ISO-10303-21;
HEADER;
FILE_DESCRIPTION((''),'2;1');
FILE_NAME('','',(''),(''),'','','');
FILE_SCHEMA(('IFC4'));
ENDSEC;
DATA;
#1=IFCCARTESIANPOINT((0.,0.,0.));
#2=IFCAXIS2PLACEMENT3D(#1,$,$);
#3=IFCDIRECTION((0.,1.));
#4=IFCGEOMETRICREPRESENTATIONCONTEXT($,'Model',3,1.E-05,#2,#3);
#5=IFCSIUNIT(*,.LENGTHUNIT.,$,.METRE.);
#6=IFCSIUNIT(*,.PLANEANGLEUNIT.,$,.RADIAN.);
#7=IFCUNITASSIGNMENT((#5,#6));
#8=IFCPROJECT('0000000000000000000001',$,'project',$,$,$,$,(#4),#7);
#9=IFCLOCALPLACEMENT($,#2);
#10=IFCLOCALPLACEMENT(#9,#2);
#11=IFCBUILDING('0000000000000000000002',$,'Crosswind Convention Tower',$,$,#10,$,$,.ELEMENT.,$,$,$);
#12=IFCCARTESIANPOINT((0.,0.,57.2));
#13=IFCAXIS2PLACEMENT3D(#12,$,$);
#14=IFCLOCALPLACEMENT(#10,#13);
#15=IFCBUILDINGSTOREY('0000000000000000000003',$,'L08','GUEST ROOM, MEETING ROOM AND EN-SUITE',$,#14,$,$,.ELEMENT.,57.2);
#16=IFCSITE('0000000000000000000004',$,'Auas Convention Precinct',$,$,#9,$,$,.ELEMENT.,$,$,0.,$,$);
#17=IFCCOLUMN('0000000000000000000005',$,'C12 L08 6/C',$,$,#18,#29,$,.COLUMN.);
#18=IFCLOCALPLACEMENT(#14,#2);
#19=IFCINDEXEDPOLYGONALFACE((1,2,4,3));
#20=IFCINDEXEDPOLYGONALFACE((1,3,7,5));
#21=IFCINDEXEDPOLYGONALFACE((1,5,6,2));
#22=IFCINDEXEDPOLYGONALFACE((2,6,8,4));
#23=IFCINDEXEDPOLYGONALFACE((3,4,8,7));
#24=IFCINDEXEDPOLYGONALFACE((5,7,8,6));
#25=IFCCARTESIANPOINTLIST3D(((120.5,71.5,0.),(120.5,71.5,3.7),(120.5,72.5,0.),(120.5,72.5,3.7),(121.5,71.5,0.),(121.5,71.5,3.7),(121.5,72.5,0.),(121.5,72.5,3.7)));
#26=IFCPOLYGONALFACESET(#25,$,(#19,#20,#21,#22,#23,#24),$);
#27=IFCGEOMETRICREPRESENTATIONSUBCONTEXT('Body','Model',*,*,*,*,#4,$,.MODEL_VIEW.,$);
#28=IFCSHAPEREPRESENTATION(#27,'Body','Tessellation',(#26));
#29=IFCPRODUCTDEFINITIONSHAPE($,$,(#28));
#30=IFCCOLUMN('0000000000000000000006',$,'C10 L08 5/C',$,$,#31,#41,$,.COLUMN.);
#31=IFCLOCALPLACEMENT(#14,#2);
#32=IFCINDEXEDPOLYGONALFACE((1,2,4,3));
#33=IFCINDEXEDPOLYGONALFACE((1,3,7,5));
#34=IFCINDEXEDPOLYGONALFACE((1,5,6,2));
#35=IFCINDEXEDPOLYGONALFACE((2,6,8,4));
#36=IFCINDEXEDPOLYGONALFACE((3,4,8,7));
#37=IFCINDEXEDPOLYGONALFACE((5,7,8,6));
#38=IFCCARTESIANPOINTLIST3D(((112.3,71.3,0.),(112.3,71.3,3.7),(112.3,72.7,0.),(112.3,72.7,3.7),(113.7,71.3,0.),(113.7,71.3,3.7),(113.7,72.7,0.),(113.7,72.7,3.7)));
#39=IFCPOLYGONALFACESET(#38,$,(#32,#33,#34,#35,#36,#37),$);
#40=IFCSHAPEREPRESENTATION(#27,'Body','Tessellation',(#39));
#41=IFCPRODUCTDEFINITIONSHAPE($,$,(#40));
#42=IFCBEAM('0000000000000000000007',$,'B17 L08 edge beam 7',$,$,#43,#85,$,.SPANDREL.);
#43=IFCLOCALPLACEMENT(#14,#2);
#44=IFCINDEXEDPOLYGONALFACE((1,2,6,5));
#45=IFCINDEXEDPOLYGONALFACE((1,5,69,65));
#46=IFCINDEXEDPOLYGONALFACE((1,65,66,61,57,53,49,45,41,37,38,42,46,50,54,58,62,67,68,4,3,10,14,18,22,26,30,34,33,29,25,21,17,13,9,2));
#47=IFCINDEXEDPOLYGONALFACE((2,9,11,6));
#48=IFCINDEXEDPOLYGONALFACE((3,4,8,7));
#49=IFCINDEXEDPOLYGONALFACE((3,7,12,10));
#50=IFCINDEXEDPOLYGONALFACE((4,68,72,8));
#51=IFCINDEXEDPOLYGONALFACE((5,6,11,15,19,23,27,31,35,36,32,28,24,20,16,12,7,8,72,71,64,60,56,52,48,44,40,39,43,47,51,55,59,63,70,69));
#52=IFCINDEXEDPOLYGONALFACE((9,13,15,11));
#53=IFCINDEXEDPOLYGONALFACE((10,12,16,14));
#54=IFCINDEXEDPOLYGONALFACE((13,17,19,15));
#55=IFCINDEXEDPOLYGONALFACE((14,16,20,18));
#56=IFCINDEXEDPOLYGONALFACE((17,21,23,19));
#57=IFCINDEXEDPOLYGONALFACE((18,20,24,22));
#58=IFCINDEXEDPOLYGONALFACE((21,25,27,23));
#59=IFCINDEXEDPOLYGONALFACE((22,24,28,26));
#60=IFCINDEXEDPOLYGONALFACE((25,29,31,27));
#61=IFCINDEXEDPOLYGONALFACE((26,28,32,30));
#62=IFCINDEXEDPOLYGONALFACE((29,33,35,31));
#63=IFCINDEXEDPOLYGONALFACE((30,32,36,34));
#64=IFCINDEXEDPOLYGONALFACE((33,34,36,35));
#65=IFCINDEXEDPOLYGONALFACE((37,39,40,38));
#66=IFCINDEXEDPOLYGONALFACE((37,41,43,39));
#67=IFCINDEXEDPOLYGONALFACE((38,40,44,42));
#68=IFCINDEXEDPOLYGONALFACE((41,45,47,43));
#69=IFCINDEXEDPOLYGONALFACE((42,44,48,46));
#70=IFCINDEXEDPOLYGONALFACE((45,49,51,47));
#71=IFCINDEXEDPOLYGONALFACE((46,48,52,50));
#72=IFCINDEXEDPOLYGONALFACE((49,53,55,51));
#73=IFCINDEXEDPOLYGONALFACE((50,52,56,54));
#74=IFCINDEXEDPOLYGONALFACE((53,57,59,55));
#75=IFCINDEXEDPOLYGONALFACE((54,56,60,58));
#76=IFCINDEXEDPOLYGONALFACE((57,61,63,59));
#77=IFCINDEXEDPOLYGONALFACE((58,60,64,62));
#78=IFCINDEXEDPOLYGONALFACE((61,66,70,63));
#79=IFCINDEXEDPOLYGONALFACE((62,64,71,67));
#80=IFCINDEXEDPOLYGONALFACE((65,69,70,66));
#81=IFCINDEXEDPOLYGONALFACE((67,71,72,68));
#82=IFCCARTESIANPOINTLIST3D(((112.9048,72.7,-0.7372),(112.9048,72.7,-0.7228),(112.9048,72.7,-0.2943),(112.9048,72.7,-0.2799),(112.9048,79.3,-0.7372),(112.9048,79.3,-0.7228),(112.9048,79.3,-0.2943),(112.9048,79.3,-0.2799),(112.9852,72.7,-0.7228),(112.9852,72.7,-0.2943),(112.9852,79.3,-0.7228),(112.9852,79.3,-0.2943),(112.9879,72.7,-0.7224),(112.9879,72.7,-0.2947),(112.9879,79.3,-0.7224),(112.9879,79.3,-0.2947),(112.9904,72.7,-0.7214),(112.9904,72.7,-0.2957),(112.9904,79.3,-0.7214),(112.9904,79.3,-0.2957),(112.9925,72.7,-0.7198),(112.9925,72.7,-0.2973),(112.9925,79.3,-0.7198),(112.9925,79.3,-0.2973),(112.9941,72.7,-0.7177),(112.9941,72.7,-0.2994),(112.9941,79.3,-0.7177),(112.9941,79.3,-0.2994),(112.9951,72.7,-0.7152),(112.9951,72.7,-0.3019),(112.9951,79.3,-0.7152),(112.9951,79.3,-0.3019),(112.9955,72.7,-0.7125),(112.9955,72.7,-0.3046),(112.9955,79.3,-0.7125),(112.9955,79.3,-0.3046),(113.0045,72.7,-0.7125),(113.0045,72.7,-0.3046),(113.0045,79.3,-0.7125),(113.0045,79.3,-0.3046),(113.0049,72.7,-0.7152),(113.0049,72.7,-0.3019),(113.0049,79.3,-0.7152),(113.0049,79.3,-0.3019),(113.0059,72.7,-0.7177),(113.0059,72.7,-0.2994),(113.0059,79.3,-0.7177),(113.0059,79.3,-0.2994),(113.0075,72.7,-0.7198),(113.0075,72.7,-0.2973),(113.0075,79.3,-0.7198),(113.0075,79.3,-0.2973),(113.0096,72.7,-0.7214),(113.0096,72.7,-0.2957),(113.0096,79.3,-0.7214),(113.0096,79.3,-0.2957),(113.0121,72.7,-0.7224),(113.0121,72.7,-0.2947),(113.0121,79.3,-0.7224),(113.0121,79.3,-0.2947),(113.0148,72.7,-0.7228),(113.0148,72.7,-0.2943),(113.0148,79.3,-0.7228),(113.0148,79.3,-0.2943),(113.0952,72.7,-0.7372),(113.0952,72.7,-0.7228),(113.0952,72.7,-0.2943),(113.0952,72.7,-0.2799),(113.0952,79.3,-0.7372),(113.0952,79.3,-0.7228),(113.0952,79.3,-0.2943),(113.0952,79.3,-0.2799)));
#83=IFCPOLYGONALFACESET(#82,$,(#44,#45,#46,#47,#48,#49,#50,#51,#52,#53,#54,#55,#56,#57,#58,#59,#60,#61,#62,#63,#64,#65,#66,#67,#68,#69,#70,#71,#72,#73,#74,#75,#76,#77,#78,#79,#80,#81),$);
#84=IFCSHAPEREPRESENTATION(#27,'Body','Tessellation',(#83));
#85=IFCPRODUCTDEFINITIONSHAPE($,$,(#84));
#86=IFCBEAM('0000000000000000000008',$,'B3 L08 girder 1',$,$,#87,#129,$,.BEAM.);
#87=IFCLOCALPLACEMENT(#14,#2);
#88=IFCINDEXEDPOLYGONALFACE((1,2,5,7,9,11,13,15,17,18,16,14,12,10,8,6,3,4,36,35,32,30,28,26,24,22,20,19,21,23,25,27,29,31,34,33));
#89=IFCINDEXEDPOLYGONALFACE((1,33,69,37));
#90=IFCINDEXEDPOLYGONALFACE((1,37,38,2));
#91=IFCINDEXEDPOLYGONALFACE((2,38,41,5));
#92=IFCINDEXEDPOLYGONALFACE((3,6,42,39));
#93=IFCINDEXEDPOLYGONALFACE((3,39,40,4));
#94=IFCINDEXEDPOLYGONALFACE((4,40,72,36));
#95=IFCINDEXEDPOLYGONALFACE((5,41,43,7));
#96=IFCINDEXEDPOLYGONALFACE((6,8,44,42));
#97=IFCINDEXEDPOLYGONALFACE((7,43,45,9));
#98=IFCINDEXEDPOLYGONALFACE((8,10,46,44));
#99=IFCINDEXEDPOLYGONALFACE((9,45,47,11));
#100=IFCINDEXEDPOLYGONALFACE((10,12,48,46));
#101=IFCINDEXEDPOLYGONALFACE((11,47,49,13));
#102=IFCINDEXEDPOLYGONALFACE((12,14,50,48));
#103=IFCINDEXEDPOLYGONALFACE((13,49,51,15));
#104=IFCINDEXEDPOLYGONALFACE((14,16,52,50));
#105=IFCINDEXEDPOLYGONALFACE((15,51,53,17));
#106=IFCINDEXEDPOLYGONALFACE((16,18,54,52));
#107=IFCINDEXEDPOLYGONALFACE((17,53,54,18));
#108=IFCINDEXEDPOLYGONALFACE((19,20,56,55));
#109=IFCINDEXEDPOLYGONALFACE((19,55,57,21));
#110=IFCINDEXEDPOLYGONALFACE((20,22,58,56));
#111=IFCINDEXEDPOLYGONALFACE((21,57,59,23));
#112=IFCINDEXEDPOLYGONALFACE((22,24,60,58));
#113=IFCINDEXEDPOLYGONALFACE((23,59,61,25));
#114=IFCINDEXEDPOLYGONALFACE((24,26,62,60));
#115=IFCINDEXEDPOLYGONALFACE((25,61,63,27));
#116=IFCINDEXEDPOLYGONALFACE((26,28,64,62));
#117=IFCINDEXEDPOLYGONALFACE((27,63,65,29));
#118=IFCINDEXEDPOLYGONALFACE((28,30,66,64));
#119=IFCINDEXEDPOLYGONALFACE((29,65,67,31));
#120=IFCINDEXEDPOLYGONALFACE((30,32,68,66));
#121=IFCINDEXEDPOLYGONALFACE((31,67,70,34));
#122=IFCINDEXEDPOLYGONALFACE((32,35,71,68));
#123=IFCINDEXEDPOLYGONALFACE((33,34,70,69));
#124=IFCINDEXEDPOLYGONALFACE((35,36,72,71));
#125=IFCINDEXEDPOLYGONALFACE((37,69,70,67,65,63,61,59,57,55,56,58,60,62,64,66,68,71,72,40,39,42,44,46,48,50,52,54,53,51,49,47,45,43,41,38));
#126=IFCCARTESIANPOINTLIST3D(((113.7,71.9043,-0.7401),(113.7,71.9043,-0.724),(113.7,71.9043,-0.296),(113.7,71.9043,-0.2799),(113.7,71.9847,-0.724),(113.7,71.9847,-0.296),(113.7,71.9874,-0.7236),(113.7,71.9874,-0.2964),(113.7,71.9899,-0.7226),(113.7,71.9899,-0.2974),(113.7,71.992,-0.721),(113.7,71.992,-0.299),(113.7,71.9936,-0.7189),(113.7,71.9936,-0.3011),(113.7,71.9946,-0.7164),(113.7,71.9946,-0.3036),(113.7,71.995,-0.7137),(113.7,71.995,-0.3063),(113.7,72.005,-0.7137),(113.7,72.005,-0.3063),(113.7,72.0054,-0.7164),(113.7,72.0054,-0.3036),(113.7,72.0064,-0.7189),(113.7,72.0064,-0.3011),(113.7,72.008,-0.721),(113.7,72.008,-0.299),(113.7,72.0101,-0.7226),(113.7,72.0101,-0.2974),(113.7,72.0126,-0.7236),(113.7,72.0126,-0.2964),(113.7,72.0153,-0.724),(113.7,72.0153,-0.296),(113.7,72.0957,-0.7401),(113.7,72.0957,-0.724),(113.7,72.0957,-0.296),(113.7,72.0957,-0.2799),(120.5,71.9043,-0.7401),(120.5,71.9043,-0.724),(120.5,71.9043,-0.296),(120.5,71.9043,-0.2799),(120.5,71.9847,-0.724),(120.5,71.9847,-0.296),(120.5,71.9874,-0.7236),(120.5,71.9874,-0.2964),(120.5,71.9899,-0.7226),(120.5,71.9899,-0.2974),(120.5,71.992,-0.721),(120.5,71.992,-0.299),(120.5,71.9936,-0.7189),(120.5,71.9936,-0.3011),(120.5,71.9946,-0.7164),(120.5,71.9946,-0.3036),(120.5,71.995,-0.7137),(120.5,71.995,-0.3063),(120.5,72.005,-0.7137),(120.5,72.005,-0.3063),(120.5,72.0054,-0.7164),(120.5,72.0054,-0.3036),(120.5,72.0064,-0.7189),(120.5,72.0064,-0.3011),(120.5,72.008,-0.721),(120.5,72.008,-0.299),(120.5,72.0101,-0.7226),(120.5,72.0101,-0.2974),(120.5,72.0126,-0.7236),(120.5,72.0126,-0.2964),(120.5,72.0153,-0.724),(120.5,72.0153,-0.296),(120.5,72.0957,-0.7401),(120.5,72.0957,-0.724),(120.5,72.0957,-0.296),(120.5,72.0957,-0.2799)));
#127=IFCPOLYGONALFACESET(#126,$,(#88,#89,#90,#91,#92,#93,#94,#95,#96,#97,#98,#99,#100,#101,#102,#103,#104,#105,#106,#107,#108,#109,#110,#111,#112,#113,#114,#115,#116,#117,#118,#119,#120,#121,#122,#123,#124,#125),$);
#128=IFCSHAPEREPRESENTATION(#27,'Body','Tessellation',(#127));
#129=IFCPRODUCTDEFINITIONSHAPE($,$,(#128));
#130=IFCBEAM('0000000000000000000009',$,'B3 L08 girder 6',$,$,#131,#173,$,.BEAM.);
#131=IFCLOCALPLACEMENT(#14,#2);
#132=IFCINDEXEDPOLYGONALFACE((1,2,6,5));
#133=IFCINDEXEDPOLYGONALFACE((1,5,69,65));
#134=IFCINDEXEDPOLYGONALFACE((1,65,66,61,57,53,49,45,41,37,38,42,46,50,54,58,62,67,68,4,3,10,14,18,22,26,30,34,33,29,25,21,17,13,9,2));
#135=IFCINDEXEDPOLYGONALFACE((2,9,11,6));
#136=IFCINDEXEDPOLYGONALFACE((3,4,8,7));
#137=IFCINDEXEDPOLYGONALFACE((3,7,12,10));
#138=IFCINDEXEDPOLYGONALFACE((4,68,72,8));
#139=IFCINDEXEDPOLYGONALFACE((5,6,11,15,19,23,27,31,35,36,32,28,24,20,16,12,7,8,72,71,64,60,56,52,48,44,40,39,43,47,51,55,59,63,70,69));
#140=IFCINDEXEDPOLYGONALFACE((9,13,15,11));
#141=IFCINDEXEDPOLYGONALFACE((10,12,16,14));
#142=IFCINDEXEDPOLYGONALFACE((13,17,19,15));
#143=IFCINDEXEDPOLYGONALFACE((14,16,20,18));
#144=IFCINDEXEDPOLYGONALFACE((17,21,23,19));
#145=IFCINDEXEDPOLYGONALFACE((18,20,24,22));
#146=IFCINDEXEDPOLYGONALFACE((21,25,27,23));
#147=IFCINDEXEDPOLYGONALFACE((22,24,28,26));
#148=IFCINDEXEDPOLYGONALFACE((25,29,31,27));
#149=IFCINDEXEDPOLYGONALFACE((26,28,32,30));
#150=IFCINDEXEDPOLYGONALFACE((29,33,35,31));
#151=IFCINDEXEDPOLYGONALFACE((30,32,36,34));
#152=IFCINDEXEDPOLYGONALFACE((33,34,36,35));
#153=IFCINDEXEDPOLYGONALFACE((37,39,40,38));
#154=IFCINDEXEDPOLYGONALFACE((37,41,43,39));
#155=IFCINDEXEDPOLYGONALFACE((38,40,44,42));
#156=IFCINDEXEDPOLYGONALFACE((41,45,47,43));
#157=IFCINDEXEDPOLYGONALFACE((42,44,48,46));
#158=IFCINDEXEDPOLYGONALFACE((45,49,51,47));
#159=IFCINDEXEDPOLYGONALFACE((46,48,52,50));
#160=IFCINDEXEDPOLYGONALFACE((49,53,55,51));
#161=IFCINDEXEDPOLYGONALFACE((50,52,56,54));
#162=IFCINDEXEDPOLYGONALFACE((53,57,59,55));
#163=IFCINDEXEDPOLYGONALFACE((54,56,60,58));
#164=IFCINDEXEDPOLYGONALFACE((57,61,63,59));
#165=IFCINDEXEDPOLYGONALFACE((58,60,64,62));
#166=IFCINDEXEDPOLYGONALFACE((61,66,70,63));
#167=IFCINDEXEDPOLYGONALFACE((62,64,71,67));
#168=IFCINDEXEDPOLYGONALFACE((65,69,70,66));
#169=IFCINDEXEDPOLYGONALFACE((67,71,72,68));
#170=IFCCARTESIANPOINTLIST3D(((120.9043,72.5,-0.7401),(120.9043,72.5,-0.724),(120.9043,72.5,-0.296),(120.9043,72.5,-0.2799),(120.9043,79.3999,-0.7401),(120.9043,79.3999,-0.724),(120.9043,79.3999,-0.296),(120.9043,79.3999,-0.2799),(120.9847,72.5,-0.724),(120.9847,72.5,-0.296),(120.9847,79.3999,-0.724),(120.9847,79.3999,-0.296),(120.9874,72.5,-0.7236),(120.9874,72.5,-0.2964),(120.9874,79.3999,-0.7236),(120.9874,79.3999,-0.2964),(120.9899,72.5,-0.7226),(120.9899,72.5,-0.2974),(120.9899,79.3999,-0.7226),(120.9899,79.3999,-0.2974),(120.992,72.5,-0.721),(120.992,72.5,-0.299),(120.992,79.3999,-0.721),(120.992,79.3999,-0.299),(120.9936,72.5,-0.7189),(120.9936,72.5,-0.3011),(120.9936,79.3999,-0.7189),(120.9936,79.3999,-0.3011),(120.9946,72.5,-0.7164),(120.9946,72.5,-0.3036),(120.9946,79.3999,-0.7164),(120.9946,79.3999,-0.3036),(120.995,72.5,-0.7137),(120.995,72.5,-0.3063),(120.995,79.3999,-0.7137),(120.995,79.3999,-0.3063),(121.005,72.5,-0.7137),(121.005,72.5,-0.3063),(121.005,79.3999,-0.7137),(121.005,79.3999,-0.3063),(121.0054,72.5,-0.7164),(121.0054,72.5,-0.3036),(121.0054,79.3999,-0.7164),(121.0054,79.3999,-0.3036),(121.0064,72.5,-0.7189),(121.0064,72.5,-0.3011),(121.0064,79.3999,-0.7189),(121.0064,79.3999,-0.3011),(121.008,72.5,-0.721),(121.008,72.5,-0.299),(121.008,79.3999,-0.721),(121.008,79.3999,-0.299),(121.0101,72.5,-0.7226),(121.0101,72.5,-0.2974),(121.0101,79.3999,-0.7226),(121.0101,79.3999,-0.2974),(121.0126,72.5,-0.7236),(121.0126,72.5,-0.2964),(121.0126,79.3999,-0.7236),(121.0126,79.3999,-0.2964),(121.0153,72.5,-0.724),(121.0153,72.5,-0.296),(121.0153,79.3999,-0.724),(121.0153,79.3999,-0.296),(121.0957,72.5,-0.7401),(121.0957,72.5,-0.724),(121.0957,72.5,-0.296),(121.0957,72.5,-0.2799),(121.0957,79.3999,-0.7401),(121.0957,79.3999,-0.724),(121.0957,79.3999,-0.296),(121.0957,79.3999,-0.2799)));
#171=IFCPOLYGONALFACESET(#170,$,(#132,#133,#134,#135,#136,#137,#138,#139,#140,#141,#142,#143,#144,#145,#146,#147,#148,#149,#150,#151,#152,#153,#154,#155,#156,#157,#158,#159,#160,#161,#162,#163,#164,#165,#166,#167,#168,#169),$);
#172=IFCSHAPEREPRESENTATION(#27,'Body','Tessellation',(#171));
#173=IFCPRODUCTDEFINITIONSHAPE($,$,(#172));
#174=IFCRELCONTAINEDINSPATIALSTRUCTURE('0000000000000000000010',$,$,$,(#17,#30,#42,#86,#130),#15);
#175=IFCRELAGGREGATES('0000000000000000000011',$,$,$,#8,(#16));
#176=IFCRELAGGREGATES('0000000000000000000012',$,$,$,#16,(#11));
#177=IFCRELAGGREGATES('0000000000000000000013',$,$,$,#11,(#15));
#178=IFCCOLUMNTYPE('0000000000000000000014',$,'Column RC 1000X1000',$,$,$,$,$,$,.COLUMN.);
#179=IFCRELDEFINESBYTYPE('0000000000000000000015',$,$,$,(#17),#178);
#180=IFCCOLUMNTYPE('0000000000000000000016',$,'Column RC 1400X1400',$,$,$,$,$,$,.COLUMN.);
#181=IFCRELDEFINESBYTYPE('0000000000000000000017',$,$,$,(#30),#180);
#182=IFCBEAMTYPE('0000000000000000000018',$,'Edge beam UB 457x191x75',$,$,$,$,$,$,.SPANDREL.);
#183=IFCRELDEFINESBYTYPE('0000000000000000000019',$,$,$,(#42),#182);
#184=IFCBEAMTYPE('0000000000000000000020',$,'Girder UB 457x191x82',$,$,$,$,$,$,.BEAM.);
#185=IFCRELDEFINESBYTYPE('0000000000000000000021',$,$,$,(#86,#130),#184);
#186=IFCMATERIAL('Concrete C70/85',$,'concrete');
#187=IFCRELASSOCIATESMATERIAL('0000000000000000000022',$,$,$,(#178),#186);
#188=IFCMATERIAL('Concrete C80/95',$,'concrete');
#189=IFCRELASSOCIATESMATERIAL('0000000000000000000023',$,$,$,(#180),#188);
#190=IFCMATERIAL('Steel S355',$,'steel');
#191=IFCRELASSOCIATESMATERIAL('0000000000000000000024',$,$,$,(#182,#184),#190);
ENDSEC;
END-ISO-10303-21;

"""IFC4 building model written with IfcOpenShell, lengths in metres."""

from ifc_helpers import new_model, si_unit, direction, frame, origin, origin_2d, place, context, subcontext, project, spatial, rectangle, i_section, extrude, material, material_profile, profile_set, type_object, element, save


model = new_model("IFC4")

# Units and contexts
model_context = context("Model", 3, precision=1e-05, world=origin(), true_north=direction((0.0, 1.0)))
body_context = subcontext(model_context, "Body", "Model", "MODEL_VIEW")
ifc_project = project(units=[si_unit("LENGTHUNIT", "METRE"), si_unit("PLANEANGLEUNIT", "RADIAN")], contexts=[model_context])

# Site, building, storey
site_placement = place(None, origin())
site = spatial("IfcSite", under=ifc_project, at=site_placement, Name="Auas Convention Precinct", CompositionType="ELEMENT", RefElevation=0.0)
building_placement = place(site_placement, origin())
building = spatial("IfcBuilding", under=site, at=building_placement, Name="Crosswind Convention Tower", CompositionType="ELEMENT")
storey_placement = place(building_placement, frame((0.0, 0.0, 57.2)))
storey = spatial("IfcBuildingStorey", under=building, at=storey_placement, Name="L08", Description="GUEST ROOM, MEETING ROOM AND EN-SUITE", CompositionType="ELEMENT", Elevation=57.2)

# Columns
ifc_material_1 = material(Name="Concrete C70/85", Category="concrete")
ifc_material_profile_1 = material_profile(ifc_material_1, rectangle(XDim=1.0, YDim=1.0, at=origin_2d()), Name="RC 1000X1000")
ifc_profile_set_1 = profile_set([ifc_material_profile_1], Name="Concrete C70/85")
column_type_1 = type_object("IfcColumnType", Name="Column RC 1000X1000", PredefinedType="COLUMN", material=ifc_profile_set_1)
column_1_placement = place(storey_placement, frame((121.0, 72.0, 0.0), z_axis=(0.0, 0.0, 1.0), x_axis=(1.0, 0.0, 0.0)))
element("IfcColumn", 1, at=column_1_placement, inside=storey, type_object=column_type_1, Name="C12 L08 6/C", PredefinedType="COLUMN", context=body_context, shape_type="SweptSolid", body=[
    extrude(rectangle(XDim=1.0, YDim=1.0, at=origin_2d()), origin(), (0.0, 0.0, 1.0), 3.7),
])
ifc_material_2 = material(Name="Concrete C80/95", Category="concrete")
ifc_material_profile_2 = material_profile(ifc_material_2, rectangle(XDim=1.3999, YDim=1.3999, at=origin_2d()), Name="RC 1400X1400")
ifc_profile_set_2 = profile_set([ifc_material_profile_2], Name="Concrete C80/95")
column_type_2 = type_object("IfcColumnType", Name="Column RC 1400X1400", PredefinedType="COLUMN", material=ifc_profile_set_2)
column_2_placement = place(storey_placement, frame((113.0, 72.0, 0.0), z_axis=(0.0, 0.0, 1.0), x_axis=(1.0, 0.0, 0.0)))
element("IfcColumn", 2, at=column_2_placement, inside=storey, type_object=column_type_2, Name="C10 L08 5/C", PredefinedType="COLUMN", context=body_context, shape_type="SweptSolid", body=[
    extrude(rectangle(XDim=1.3999, YDim=1.3999, at=origin_2d()), origin(), (0.0, 0.0, 1.0), 3.7),
])

# Beams
ifc_material_3 = material(Name="Steel S355", Category="steel")
ifc_material_profile_3 = material_profile(ifc_material_3, i_section(OverallWidth=0.1904, OverallDepth=0.4573, WebThickness=0.009, FlangeThickness=0.0144, FilletRadius=0.0103, at=origin_2d()), Name="UB 457x191x75")
ifc_profile_set_3 = profile_set([ifc_material_profile_3], Name="Steel S355")
beam_type_1 = type_object("IfcBeamType", Name="Edge beam UB 457x191x75", PredefinedType="SPANDREL", material=ifc_profile_set_3)
beam_1_placement = place(storey_placement, frame((113.0, 72.7, -0.5085), z_axis=(0.0, 1.0, 0.0), x_axis=(-1.0, 0.0, 0.0)))
element("IfcBeam", 3, at=beam_1_placement, inside=storey, type_object=beam_type_1, Name="B17 L08 edge beam 7", PredefinedType="SPANDREL", context=body_context, shape_type="SweptSolid", body=[
    extrude(i_section(OverallWidth=0.1904, OverallDepth=0.4573, WebThickness=0.009, FlangeThickness=0.0144, FilletRadius=0.0103, at=origin_2d()), origin(), (0.0, 0.0, 1.0), 6.6001),
])
ifc_material_profile_4 = material_profile(ifc_material_3, i_section(OverallWidth=0.1914, OverallDepth=0.4602, WebThickness=0.01, FlangeThickness=0.0161, FilletRadius=0.0103, at=origin_2d()), Name="UB 457x191x82")
ifc_profile_set_4 = profile_set([ifc_material_profile_4], Name="Steel S355")
beam_type_2 = type_object("IfcBeamType", Name="Girder UB 457x191x82", PredefinedType="BEAM", material=ifc_profile_set_4)
beam_2_placement = place(storey_placement, frame((113.7, 72.0, -0.51), z_axis=(1.0, 0.0, 0.0), x_axis=(0.0, 1.0, 0.0)))
element("IfcBeam", 4, at=beam_2_placement, inside=storey, type_object=beam_type_2, Name="B3 L08 girder 1", PredefinedType="BEAM", context=body_context, shape_type="SweptSolid", body=[
    extrude(i_section(OverallWidth=0.1914, OverallDepth=0.4602, WebThickness=0.01, FlangeThickness=0.0161, FilletRadius=0.0103, at=origin_2d()), origin(), (0.0, 0.0, 1.0), 6.8),
])
beam_3_placement = place(storey_placement, frame((121.0, 72.5, -0.51), z_axis=(0.0, 1.0, 0.0), x_axis=(-1.0, 0.0, 0.0)))
element("IfcBeam", 5, at=beam_3_placement, inside=storey, type_object=beam_type_2, Name="B3 L08 girder 6", PredefinedType="BEAM", context=body_context, shape_type="SweptSolid", body=[
    extrude(i_section(OverallWidth=0.1914, OverallDepth=0.4602, WebThickness=0.01, FlangeThickness=0.0161, FilletRadius=0.0103, at=origin_2d()), origin(), (0.0, 0.0, 1.0), 6.8999),
])

save(model, "model.ifc")
